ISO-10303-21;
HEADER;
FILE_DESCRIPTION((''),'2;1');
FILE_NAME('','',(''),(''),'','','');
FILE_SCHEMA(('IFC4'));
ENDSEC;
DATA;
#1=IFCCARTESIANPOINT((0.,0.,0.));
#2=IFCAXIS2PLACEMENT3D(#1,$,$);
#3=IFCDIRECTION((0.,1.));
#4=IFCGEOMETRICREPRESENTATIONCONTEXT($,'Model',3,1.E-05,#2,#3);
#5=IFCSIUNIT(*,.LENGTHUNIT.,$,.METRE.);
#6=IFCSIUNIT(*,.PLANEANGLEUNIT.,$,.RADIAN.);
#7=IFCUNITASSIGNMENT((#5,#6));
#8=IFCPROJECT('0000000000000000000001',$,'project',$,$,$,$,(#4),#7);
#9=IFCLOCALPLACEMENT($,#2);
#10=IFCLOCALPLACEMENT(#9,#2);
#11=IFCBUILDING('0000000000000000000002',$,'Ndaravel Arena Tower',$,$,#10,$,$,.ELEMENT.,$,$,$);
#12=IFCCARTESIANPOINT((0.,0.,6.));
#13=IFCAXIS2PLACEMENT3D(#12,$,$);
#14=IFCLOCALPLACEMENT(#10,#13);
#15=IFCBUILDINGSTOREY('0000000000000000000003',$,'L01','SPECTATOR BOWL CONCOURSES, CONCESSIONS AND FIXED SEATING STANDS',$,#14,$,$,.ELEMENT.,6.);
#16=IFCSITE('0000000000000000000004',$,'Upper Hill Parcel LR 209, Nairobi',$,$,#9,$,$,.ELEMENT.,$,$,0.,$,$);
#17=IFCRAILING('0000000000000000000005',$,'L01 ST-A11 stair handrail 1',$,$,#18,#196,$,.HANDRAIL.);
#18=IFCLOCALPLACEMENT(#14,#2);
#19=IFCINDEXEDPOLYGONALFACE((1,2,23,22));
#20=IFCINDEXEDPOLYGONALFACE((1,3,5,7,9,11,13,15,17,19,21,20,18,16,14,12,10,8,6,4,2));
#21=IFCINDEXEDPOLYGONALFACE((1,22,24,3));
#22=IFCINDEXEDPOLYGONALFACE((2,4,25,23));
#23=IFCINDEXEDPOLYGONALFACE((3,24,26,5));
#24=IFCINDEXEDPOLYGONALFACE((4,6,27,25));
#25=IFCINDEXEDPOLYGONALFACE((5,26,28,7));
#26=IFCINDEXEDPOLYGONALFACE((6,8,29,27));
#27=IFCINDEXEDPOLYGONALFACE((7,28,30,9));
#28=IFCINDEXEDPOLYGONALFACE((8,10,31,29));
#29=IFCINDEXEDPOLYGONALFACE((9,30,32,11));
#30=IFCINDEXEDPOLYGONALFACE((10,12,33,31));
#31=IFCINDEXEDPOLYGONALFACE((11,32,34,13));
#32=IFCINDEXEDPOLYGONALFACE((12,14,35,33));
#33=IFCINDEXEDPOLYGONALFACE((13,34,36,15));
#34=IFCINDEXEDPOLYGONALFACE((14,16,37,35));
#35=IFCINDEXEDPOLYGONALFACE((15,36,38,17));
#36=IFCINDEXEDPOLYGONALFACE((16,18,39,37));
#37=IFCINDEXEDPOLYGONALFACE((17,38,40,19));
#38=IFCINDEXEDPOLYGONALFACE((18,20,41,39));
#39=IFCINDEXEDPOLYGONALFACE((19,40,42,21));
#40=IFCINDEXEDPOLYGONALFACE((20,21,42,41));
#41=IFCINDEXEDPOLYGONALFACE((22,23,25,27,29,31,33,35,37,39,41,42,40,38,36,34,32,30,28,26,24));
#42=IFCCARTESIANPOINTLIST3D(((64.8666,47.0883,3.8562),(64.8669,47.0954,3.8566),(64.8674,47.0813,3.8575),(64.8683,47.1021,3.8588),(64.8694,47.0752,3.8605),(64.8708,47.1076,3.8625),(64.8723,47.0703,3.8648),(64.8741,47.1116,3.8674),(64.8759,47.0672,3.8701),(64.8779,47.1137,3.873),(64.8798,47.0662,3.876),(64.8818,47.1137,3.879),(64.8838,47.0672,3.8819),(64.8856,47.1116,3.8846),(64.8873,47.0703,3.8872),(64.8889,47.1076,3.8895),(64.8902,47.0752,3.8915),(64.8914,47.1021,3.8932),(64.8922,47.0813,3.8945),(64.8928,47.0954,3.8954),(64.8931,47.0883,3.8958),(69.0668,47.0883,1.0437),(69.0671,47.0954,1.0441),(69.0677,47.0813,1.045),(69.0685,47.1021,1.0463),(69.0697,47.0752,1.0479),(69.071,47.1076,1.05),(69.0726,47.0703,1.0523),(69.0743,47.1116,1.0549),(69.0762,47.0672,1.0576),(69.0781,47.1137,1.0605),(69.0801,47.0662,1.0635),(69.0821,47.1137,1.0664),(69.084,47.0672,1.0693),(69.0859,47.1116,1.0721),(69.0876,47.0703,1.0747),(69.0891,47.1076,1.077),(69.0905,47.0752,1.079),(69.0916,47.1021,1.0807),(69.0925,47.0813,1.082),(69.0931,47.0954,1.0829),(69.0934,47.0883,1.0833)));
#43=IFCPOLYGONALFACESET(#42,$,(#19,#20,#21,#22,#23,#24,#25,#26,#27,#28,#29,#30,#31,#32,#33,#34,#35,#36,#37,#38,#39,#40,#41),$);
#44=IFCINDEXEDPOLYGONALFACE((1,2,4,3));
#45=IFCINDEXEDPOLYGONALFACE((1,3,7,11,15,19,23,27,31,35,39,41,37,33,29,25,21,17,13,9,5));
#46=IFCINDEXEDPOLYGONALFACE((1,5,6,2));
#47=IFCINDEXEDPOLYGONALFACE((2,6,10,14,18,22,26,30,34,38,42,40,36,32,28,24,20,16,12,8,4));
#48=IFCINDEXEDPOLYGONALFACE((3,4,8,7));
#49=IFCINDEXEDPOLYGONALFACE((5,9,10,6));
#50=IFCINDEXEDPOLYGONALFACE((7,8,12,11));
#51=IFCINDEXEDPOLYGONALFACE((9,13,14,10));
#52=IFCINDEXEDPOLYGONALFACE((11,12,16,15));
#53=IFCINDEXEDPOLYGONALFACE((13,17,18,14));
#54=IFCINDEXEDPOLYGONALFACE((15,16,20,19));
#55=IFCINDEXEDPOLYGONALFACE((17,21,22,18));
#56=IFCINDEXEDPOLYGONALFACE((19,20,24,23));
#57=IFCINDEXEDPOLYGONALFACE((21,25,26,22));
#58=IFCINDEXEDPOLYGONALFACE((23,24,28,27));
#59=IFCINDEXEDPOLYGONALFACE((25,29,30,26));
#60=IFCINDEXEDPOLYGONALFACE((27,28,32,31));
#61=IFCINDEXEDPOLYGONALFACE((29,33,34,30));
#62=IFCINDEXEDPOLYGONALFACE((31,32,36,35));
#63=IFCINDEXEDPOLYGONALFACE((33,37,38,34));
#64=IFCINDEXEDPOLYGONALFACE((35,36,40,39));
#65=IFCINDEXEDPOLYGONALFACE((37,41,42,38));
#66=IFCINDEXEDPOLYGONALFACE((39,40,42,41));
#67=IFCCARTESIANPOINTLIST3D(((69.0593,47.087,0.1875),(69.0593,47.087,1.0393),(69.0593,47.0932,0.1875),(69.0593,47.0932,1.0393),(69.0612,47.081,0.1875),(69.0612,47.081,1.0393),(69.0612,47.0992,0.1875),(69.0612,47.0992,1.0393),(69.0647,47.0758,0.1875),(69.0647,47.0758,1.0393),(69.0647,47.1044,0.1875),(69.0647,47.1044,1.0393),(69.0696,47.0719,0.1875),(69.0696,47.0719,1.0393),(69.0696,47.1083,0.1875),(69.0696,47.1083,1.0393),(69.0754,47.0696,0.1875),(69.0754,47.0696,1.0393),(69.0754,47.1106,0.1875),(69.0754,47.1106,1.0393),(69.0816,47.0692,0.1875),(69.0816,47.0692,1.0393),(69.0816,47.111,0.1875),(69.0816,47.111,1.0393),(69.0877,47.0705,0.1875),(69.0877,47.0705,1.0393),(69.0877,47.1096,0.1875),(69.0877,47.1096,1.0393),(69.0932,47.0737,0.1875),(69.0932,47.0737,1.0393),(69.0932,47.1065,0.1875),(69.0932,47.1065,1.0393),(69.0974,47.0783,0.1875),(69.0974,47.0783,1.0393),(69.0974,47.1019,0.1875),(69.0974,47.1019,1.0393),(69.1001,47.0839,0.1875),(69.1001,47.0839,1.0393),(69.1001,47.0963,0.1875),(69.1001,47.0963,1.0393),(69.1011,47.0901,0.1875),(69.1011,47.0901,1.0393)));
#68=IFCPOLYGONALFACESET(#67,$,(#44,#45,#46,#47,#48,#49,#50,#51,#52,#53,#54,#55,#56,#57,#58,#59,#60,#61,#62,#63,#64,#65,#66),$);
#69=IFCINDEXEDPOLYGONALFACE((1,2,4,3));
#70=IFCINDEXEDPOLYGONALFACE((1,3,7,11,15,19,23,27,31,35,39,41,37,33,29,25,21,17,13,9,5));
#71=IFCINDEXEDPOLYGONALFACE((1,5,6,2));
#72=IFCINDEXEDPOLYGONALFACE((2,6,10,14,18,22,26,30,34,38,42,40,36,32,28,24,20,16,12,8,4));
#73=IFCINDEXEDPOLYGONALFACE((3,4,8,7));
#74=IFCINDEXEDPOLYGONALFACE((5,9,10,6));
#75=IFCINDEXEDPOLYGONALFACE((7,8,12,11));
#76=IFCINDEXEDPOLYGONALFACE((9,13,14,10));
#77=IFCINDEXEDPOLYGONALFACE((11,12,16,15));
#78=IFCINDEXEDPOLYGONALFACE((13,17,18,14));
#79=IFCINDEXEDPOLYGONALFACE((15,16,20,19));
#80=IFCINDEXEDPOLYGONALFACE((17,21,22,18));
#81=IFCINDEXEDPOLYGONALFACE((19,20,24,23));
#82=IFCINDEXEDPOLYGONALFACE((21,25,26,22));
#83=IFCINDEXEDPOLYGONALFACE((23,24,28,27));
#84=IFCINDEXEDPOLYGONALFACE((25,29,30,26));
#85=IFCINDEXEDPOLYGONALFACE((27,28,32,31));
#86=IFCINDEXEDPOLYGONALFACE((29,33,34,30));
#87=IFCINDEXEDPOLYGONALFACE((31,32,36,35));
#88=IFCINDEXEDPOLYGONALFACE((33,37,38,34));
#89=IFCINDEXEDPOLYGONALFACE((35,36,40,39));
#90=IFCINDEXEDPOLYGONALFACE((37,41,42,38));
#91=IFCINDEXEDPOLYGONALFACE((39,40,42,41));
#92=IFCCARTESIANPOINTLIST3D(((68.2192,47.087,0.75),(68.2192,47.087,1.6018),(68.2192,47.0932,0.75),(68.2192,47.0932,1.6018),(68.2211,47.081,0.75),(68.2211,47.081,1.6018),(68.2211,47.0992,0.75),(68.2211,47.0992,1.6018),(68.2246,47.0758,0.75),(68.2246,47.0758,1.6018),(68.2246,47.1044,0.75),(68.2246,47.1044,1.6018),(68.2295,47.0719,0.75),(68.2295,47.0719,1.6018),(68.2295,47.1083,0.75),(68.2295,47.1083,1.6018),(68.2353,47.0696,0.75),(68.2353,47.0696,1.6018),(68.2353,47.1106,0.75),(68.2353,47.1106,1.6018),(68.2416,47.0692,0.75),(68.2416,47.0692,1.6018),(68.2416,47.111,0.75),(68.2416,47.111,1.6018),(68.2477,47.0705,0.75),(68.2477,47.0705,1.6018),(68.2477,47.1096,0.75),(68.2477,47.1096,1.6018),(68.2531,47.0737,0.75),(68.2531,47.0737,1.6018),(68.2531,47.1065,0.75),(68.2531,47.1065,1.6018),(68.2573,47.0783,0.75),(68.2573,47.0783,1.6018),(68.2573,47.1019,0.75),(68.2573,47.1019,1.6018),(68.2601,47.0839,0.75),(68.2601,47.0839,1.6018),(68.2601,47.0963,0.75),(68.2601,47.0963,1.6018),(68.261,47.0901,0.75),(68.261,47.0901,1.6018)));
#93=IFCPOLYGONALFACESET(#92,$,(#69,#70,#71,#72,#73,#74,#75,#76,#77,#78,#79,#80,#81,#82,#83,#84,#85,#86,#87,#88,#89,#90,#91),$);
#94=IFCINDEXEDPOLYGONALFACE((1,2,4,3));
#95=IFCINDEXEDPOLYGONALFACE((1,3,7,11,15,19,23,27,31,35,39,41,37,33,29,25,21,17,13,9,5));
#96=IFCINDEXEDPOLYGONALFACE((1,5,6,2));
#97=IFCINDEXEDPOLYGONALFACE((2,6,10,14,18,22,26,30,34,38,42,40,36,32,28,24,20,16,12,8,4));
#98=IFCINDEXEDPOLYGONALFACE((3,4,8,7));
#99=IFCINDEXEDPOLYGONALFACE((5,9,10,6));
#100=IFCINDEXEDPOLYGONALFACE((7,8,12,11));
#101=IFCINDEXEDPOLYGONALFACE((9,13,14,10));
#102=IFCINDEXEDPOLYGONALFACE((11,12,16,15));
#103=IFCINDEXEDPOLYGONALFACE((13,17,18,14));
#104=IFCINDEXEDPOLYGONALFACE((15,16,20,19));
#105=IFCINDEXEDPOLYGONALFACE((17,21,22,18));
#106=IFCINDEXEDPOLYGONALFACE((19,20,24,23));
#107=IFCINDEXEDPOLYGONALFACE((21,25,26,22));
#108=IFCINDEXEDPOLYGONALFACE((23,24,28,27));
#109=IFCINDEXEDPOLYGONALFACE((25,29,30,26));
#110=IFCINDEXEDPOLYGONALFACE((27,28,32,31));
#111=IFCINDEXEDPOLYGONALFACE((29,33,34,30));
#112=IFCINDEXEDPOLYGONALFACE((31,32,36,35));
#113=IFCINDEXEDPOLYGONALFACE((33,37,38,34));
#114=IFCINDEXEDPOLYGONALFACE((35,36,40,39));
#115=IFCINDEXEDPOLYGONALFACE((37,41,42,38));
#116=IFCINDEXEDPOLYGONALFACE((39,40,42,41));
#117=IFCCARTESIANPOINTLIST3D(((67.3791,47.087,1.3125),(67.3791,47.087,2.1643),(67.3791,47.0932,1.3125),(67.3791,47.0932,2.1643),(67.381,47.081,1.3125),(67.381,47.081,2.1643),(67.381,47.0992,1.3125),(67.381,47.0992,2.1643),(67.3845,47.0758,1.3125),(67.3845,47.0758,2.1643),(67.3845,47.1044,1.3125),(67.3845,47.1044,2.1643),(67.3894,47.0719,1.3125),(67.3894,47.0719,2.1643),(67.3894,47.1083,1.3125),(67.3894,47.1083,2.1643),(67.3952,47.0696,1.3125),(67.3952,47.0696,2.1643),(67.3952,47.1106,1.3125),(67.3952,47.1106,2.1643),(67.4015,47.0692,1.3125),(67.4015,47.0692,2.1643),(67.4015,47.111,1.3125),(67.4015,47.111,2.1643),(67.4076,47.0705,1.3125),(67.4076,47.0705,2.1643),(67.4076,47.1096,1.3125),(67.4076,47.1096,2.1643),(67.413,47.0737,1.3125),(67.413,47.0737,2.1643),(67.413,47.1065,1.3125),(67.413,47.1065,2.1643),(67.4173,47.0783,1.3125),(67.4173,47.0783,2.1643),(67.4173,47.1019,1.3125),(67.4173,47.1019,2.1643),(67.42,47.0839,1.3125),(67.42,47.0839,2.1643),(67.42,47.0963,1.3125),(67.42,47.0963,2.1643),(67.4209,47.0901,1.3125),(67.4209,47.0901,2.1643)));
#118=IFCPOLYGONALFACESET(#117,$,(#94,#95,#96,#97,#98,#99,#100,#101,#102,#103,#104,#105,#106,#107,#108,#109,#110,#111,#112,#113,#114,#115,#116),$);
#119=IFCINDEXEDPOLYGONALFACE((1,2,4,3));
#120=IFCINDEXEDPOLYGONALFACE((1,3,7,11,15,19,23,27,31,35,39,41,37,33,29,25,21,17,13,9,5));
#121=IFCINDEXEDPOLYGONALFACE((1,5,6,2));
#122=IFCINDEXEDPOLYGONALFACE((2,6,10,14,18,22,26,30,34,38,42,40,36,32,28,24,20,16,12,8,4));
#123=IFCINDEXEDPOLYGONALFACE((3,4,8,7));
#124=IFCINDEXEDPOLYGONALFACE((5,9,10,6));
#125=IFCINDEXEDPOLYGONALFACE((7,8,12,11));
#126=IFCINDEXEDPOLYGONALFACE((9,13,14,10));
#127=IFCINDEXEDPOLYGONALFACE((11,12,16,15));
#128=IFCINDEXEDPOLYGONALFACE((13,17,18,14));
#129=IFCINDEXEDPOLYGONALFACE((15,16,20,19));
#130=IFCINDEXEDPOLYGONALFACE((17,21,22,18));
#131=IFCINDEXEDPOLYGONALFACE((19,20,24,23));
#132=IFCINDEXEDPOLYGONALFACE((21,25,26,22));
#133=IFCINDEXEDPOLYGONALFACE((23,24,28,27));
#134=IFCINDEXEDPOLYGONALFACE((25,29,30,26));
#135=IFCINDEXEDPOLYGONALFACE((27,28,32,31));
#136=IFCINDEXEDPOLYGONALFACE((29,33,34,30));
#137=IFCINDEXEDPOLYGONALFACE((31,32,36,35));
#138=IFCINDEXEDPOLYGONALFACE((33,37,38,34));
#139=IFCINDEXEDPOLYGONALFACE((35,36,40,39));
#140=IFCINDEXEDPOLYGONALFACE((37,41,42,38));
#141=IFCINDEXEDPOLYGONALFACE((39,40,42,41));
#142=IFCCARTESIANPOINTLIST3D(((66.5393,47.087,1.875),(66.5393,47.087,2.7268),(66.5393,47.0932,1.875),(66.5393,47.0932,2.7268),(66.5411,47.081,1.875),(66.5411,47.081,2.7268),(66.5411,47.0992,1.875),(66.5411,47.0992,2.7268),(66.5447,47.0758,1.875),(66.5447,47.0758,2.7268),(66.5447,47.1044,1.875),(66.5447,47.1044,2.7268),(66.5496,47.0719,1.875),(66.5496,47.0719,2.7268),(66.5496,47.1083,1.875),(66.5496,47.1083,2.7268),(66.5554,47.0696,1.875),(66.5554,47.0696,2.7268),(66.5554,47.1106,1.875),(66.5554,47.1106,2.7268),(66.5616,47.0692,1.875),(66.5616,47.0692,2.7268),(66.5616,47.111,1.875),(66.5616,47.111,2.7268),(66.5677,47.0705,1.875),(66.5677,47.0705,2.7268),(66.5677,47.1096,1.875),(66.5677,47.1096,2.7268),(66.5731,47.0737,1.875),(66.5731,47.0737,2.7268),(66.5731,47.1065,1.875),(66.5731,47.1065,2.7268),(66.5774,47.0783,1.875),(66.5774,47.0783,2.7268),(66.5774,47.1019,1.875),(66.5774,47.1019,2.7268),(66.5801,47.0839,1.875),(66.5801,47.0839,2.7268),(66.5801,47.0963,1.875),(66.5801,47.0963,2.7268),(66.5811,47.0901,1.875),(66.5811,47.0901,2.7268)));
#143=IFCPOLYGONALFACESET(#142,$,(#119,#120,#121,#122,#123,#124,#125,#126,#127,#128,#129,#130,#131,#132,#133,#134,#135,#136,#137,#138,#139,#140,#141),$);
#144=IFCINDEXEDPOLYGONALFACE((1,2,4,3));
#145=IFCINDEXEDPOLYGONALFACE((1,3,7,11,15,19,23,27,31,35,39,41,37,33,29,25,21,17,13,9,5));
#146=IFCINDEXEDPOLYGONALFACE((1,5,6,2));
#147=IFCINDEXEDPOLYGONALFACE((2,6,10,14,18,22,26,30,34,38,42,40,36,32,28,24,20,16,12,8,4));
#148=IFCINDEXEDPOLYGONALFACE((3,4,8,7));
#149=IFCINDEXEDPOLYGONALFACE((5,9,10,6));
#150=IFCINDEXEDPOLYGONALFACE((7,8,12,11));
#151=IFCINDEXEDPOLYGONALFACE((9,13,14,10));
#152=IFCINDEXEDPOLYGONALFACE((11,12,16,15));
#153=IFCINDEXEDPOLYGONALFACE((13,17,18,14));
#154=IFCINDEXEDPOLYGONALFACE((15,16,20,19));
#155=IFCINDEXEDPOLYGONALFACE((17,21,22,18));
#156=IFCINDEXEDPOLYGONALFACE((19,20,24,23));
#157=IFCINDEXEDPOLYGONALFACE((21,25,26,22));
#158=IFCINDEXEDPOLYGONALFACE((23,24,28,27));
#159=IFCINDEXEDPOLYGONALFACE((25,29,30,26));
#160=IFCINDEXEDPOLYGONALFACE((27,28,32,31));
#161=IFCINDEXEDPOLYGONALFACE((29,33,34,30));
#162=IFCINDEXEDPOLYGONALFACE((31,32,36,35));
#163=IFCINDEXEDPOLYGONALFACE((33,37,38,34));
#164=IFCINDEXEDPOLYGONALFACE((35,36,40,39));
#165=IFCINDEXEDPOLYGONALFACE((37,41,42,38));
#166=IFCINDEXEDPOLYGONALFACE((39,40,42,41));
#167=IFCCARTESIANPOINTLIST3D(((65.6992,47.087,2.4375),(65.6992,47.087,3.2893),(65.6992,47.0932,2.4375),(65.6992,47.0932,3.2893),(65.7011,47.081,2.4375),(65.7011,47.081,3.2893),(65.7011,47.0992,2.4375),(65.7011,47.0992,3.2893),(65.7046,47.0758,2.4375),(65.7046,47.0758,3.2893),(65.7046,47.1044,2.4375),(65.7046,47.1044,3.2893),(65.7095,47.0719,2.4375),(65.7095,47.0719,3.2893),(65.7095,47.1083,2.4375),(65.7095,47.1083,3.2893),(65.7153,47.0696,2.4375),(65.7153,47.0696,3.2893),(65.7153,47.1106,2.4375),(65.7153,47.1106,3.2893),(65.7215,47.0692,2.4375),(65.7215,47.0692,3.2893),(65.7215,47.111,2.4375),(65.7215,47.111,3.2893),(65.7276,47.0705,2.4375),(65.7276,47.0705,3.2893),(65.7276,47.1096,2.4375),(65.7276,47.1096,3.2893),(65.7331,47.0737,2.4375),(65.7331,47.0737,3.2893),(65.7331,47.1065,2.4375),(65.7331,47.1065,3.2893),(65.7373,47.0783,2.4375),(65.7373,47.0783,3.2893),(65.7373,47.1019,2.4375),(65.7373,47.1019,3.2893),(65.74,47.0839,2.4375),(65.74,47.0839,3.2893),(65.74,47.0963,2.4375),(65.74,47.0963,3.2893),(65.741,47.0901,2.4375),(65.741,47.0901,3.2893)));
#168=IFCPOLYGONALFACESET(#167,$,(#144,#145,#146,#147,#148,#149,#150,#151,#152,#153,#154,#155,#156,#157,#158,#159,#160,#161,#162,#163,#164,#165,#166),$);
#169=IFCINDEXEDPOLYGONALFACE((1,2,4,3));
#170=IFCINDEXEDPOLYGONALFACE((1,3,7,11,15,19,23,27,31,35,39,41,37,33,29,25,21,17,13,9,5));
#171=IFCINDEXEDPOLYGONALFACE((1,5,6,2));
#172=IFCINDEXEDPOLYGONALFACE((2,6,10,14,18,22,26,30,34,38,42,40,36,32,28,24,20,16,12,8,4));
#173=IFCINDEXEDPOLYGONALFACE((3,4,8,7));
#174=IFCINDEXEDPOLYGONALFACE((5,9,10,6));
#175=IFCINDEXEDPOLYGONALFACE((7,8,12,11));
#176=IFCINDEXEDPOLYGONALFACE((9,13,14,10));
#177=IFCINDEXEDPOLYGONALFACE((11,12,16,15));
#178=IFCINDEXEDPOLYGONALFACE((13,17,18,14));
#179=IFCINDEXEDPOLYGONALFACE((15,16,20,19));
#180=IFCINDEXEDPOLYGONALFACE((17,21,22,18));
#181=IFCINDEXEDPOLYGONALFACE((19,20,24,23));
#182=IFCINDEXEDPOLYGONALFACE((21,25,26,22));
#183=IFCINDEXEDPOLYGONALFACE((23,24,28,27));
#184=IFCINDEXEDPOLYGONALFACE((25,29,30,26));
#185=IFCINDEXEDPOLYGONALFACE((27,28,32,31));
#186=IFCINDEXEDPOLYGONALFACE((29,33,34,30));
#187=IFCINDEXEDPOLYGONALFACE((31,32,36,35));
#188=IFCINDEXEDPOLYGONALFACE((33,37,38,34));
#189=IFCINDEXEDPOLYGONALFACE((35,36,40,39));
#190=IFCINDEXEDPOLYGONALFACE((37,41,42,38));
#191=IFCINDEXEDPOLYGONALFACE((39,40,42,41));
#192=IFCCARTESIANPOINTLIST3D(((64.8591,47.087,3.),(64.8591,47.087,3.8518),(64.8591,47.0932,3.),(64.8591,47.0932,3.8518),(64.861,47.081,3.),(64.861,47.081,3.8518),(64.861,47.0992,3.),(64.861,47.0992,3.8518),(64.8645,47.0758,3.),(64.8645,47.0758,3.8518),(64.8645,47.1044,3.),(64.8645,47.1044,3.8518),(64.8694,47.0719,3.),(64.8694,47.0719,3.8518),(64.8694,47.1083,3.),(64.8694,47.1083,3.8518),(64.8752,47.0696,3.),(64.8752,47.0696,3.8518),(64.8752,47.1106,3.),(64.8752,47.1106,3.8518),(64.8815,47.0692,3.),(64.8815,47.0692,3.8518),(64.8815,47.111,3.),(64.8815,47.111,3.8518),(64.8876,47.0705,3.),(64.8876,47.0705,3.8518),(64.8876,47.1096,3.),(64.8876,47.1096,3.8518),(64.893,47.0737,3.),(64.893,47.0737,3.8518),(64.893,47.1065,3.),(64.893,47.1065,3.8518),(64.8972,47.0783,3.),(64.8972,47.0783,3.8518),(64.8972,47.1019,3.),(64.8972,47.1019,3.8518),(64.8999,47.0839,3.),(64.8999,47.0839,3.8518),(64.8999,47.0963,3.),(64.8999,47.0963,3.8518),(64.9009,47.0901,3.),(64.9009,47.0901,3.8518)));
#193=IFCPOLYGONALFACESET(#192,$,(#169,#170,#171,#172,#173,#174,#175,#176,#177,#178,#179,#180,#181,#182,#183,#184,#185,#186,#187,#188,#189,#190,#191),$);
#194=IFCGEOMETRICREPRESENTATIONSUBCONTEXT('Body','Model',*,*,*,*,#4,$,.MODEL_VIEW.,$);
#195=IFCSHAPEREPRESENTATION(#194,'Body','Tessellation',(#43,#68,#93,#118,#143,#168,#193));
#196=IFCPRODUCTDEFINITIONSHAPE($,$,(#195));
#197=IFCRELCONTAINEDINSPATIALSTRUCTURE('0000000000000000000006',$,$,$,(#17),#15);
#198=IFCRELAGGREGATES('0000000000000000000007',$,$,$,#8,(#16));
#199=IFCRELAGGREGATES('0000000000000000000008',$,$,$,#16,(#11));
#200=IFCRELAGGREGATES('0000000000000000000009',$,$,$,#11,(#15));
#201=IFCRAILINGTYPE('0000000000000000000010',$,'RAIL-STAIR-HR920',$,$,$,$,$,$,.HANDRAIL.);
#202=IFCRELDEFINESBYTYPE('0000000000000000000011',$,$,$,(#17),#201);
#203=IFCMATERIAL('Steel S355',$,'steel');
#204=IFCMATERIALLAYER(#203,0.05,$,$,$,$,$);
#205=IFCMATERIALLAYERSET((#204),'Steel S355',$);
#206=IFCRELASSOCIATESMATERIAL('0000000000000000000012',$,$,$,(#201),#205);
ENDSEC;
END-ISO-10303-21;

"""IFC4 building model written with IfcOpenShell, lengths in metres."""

from ifc_helpers import new_model, si_unit, direction, frame, origin, origin_2d, place, context, subcontext, project, spatial, circle, extrude, material, layer, layer_set, type_object, element, save


model = new_model("IFC4")

# Units and contexts
model_context = context("Model", 3, precision=1e-05, world=origin(), true_north=direction((0.0, 1.0)))
body_context = subcontext(model_context, "Body", "Model", "MODEL_VIEW")
ifc_project = project(units=[si_unit("LENGTHUNIT", "METRE"), si_unit("PLANEANGLEUNIT", "RADIAN")], contexts=[model_context])

# Site, building, storey
site_placement = place(None, origin())
site = spatial("IfcSite", under=ifc_project, at=site_placement, Name="Upper Hill Parcel LR 209, Nairobi", CompositionType="ELEMENT", RefElevation=0.0)
building_placement = place(site_placement, origin())
building = spatial("IfcBuilding", under=site, at=building_placement, Name="Ndaravel Arena Tower", CompositionType="ELEMENT")
storey_placement = place(building_placement, frame((0.0, 0.0, 6.0)))
storey = spatial("IfcBuildingStorey", under=building, at=storey_placement, Name="L01", Description="SPECTATOR BOWL CONCOURSES, CONCESSIONS AND FIXED SEATING STANDS", CompositionType="ELEMENT", Elevation=6.0)

# Railing
ifc_material_1 = material(Name="Steel S355", Category="steel")
ifc_layer_1 = layer(ifc_material_1, 0.05)
ifc_layer_set_1 = layer_set([ifc_layer_1], Name="Steel S355")
railing_type_1 = type_object("IfcRailingType", Name="RAIL-STAIR-HR920", PredefinedType="HANDRAIL", material=ifc_layer_set_1)
railing_1_placement = place(storey_placement, frame((69.0801, 47.0901, 0.1875)))
element("IfcRailing", 1, at=railing_1_placement, inside=storey, type_object=railing_type_1, Name="L01 ST-A11 stair handrail 1", PredefinedType="HANDRAIL", context=body_context, shape_type="SweptSolid", body=[
    extrude(circle(Radius=0.0239, at=origin_2d()), frame((0.0, 0.0, 0.876), z_axis=(-0.830919, 0.0, 0.556393), x_axis=(0.0, -1.0, 0.0)), (0.0, 0.0, 1.0), 5.0549),
    extrude(circle(Radius=0.021, at=origin_2d()), origin(), (0.0, 0.0, 1.0), 0.8518),
    extrude(circle(Radius=0.021, at=origin_2d()), frame((-0.8401, 0.0, 0.5625)), (0.0, 0.0, 1.0), 0.8518),
    extrude(circle(Radius=0.021, at=origin_2d()), frame((-1.6802, 0.0, 1.125)), (0.0, 0.0, 1.0), 0.8518),
    extrude(circle(Radius=0.021, at=origin_2d()), frame((-2.52, 0.0, 1.6875)), (0.0, 0.0, 1.0), 0.8518),
    extrude(circle(Radius=0.021, at=origin_2d()), frame((-3.3601, 0.0, 2.25)), (0.0, 0.0, 1.0), 0.8518),
    extrude(circle(Radius=0.021, at=origin_2d()), frame((-4.2002, 0.0, 2.8125)), (0.0, 0.0, 1.0), 0.8518),
])

save(model, "model.ifc")
